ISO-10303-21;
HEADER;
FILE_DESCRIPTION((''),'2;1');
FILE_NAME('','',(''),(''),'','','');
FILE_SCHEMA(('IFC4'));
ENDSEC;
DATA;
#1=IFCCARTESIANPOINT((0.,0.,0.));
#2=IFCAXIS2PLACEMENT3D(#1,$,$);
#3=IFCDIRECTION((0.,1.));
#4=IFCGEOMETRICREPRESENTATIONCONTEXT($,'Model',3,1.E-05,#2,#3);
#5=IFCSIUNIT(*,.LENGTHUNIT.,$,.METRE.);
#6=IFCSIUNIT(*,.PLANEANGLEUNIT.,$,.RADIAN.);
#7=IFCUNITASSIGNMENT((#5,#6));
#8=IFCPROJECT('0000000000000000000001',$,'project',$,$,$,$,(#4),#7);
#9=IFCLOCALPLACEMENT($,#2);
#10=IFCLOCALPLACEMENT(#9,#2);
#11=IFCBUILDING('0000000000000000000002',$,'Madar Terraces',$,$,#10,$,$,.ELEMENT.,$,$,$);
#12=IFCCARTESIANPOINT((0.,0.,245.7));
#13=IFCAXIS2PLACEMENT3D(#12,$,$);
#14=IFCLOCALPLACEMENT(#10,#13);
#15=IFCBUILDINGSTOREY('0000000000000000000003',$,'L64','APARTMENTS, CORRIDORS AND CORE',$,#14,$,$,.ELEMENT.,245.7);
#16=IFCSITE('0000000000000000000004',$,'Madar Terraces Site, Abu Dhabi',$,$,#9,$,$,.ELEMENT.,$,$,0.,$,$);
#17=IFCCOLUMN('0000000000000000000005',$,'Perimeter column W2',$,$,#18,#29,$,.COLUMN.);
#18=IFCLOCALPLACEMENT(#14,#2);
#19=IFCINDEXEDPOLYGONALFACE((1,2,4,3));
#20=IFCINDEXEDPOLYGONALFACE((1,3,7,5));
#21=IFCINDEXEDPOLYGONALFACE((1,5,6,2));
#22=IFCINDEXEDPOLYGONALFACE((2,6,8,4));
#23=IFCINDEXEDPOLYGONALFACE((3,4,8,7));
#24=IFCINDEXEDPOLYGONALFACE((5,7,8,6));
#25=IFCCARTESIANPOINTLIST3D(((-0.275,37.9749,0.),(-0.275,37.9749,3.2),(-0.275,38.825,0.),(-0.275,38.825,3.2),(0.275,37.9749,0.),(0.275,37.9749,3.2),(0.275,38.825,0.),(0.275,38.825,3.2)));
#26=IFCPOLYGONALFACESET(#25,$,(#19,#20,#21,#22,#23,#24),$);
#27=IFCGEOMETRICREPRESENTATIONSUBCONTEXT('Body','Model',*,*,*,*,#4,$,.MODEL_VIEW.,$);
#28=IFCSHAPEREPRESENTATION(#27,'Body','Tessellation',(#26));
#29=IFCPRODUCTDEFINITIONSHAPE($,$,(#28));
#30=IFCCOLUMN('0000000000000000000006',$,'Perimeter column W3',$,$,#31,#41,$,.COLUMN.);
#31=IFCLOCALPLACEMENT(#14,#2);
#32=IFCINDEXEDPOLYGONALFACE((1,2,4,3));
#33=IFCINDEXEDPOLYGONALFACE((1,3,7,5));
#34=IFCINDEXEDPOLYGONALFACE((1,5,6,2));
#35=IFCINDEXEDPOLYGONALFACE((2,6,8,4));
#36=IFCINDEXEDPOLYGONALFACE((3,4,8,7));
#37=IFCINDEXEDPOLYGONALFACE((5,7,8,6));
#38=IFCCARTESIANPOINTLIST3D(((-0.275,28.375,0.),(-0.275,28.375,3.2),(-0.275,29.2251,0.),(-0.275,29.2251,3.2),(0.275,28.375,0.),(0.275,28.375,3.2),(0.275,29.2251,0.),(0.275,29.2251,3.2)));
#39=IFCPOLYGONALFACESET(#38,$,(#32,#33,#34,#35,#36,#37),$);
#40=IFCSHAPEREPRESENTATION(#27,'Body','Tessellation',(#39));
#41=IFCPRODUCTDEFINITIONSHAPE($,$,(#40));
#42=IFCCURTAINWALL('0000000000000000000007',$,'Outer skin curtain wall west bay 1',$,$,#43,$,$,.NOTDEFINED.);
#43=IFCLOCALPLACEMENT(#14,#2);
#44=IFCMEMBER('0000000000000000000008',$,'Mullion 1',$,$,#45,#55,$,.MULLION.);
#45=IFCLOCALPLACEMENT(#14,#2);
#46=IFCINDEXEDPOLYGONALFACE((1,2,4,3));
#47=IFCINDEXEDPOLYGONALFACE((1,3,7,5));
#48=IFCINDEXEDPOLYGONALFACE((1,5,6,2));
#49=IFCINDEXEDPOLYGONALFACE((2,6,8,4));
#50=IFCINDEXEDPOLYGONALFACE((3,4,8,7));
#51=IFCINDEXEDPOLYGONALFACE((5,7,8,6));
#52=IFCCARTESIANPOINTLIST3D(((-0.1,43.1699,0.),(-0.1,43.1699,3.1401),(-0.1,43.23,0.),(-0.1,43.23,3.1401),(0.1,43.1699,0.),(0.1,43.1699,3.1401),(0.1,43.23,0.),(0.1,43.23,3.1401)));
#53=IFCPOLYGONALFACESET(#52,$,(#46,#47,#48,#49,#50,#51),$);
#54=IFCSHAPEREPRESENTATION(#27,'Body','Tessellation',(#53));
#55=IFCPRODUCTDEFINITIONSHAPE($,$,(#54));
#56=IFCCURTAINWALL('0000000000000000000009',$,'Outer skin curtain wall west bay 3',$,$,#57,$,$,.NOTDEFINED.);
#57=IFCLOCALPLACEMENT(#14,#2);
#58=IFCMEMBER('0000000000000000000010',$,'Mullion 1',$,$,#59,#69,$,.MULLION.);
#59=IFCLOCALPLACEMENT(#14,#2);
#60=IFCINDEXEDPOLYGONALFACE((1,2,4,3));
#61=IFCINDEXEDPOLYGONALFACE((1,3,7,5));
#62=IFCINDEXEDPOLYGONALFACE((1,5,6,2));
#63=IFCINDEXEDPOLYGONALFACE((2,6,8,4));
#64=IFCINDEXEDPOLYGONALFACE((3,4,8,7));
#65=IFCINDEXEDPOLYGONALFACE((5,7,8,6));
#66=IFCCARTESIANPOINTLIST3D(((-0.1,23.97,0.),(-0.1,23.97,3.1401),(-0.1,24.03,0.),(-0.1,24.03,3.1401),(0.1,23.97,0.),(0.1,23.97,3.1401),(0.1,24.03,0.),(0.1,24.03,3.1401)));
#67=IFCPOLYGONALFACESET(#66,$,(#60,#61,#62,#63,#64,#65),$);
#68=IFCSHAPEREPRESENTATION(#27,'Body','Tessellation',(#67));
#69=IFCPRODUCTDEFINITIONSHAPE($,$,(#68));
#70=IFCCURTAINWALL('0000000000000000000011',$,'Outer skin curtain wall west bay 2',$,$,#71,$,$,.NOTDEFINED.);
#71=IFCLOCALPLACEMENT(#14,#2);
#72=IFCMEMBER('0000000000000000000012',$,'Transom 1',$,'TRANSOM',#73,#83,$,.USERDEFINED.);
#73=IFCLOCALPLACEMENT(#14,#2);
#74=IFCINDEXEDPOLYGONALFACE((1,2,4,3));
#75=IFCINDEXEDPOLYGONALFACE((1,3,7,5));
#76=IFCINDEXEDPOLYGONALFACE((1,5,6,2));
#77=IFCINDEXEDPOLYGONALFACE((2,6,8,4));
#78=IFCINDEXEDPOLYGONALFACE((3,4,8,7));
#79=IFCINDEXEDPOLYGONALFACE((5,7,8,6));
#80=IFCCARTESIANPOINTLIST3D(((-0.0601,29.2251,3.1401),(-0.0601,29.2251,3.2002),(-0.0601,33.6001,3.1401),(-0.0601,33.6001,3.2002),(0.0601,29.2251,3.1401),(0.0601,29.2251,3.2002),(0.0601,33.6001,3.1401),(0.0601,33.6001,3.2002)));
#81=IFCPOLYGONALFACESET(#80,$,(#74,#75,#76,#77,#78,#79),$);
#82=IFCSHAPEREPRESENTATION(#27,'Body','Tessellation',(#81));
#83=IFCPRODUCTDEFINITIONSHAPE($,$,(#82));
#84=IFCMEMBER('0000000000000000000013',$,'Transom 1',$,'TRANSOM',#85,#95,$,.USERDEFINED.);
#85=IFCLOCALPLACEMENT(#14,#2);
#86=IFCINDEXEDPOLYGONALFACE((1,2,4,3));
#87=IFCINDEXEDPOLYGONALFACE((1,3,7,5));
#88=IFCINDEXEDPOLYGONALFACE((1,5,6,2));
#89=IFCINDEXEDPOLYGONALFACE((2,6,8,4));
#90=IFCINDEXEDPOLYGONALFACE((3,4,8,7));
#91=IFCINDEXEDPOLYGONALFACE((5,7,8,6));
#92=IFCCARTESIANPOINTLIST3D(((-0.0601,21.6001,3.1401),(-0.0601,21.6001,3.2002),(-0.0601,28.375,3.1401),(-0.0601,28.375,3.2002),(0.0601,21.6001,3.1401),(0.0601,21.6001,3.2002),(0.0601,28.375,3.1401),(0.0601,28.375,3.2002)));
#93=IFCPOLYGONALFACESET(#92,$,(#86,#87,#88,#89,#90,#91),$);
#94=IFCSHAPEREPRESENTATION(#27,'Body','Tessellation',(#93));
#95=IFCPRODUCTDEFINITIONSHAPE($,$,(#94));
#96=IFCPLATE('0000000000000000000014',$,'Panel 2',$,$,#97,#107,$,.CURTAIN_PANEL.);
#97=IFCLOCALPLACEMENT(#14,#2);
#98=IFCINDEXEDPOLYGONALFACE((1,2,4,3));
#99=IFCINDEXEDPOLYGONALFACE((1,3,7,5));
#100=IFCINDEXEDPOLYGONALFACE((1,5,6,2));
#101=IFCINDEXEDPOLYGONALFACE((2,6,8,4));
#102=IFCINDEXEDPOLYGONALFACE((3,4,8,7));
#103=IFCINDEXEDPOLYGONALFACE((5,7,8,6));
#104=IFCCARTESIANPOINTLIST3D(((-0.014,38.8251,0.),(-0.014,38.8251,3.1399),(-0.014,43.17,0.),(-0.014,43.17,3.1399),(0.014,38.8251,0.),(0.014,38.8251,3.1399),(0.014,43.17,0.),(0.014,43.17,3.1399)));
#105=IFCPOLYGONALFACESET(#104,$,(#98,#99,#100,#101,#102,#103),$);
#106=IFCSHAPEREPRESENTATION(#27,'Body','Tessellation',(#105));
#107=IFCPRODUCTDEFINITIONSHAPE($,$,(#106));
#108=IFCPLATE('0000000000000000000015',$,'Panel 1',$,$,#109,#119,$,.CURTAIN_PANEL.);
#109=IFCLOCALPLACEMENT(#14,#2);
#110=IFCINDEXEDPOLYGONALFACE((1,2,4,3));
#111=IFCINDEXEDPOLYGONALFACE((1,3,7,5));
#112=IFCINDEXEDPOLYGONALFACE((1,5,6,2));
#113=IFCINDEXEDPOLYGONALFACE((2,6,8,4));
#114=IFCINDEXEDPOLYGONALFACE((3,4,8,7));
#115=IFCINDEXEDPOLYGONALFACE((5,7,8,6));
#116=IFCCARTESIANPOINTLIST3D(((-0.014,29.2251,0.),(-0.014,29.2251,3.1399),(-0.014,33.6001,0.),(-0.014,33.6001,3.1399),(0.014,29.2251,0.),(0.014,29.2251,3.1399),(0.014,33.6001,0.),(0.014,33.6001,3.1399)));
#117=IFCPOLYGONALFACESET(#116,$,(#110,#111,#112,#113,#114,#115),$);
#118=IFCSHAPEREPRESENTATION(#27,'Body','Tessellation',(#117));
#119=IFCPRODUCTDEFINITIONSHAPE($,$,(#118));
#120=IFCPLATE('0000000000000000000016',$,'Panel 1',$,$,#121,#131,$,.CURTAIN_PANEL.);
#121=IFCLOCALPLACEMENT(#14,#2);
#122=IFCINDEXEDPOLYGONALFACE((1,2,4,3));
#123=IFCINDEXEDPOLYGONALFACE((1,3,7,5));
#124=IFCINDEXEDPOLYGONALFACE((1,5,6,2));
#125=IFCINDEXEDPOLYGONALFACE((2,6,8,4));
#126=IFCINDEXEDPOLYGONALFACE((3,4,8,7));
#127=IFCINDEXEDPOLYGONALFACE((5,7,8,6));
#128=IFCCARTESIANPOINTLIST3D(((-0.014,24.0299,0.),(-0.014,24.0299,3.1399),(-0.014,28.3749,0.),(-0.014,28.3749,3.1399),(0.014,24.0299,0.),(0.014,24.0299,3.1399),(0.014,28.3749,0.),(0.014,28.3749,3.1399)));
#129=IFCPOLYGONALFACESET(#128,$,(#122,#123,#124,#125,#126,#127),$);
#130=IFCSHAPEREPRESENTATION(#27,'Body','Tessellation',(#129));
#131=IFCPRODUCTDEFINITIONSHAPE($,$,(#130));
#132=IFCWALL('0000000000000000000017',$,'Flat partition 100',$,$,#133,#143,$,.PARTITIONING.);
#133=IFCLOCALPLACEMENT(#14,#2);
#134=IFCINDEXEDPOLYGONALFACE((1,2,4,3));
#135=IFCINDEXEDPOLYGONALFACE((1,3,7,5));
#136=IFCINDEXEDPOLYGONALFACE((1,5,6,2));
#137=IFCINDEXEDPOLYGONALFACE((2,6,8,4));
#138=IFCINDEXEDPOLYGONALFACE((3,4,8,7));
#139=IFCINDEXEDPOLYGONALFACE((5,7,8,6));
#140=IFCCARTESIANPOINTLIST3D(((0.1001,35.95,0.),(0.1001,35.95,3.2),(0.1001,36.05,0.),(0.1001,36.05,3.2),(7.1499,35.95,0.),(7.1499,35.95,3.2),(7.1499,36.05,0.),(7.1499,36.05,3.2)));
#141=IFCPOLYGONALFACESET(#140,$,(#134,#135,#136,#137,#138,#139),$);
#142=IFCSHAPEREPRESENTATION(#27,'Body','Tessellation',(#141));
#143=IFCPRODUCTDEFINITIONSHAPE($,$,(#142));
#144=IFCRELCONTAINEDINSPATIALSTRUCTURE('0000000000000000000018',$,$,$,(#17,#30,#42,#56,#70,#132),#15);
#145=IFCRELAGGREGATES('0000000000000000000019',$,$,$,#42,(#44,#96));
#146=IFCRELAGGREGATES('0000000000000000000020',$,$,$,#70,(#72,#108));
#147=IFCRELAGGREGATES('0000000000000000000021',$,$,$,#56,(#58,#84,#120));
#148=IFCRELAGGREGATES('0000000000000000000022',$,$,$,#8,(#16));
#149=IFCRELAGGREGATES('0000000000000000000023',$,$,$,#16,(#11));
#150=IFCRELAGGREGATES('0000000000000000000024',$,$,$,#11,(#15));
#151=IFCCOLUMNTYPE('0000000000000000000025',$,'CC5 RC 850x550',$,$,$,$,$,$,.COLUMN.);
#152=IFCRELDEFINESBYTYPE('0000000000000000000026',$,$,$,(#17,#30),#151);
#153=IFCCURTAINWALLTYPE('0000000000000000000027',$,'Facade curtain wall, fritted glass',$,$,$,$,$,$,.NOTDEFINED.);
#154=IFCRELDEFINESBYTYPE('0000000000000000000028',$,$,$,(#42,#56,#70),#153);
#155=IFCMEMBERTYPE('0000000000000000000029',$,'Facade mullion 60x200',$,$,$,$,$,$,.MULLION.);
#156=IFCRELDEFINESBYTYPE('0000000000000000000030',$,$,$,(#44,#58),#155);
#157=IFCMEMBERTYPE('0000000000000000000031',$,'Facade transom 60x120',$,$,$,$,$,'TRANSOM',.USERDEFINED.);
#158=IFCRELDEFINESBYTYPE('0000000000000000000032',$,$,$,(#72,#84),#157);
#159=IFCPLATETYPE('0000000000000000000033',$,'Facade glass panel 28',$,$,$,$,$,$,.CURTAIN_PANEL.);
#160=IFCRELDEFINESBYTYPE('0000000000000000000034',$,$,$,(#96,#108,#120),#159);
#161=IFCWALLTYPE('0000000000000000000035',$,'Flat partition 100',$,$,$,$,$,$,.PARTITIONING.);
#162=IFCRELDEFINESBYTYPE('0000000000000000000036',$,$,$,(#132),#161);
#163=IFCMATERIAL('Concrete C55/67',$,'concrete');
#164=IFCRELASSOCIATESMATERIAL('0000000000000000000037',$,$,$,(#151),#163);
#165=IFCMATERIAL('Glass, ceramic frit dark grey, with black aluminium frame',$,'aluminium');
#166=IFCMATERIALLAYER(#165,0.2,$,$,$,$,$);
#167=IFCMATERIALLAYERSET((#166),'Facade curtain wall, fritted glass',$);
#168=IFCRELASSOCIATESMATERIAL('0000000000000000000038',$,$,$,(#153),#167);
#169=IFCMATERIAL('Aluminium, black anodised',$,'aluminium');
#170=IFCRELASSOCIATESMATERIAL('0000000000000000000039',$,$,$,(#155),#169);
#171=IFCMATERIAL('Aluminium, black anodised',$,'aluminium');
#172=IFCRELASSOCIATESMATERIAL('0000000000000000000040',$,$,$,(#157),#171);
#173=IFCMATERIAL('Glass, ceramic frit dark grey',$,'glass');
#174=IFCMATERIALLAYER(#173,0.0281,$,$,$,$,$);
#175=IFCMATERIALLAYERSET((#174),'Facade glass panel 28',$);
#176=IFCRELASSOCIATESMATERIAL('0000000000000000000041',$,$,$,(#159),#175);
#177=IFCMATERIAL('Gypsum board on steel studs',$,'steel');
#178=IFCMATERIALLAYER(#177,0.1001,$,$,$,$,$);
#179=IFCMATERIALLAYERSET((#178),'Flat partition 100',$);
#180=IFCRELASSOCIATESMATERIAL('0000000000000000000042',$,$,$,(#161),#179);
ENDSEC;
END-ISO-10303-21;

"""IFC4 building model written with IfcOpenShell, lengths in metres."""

from ifc_helpers import new_model, si_unit, direction, frame, frame_2d, origin, origin_2d, place, context, subcontext, project, spatial, rectangle, extrude, material, layer, layer_set, material_profile, profile_set, type_object, element, aggregate, save


model = new_model("IFC4")

# Units and contexts
model_context = context("Model", 3, precision=1e-05, world=origin(), true_north=direction((0.0, 1.0)))
body_context = subcontext(model_context, "Body", "Model", "MODEL_VIEW")
ifc_project = project(units=[si_unit("LENGTHUNIT", "METRE"), si_unit("PLANEANGLEUNIT", "RADIAN")], contexts=[model_context])

# Site, building, storey
site_placement = place(None, origin())
site = spatial("IfcSite", under=ifc_project, at=site_placement, Name="Madar Terraces Site, Abu Dhabi", CompositionType="ELEMENT", RefElevation=0.0)
building_placement = place(site_placement, origin())
building = spatial("IfcBuilding", under=site, at=building_placement, Name="Madar Terraces", CompositionType="ELEMENT")
storey_placement = place(building_placement, frame((0.0, 0.0, 245.7)))
storey = spatial("IfcBuildingStorey", under=building, at=storey_placement, Name="L64", Description="APARTMENTS, CORRIDORS AND CORE", CompositionType="ELEMENT", Elevation=245.7)

# Columns
ifc_material_1 = material(Name="Concrete C55/67", Category="concrete")
ifc_material_profile_1 = material_profile(ifc_material_1, rectangle(XDim=0.8501, YDim=0.55, at=origin_2d()), Name="CC5 RC 850x550")
ifc_profile_set_1 = profile_set([ifc_material_profile_1], Name="Concrete C55/67")
column_type = type_object("IfcColumnType", Name="CC5 RC 850x550", PredefinedType="COLUMN", material=ifc_profile_set_1)
for number, where, z_axis, x_axis, name in (
    (1, (0.0, 38.3999, 0.0), (0.0, 0.0, 1.0), (0.0, 1.0, 0.0), "Perimeter column W2"),
    (2, (0.0, 28.8, 0.0), (0.0, 0.0, 1.0), (0.0, 1.0, 0.0), "Perimeter column W3"),
):
    element("IfcColumn", number, at=place(storey_placement, frame(where, z_axis=z_axis, x_axis=x_axis)), inside=storey, type_object=column_type, Name=name, PredefinedType="COLUMN", context=body_context, shape_type="SweptSolid", body=[
        extrude(rectangle(XDim=0.8501, YDim=0.55, at=origin_2d()), origin(), (0.0, 0.0, 1.0), 3.2),
    ])

# Curtain walls, members
ifc_material_2 = material(Name="Glass, ceramic frit dark grey, with black aluminium frame", Category="aluminium")
ifc_layer_1 = layer(ifc_material_2, 0.2)
ifc_layer_set_1 = layer_set([ifc_layer_1], Name="Facade curtain wall, fritted glass")
curtain_wall_type = type_object("IfcCurtainWallType", Name="Facade curtain wall, fritted glass", PredefinedType="NOTDEFINED", material=ifc_layer_set_1)
curtain_wall_1_placement = place(storey_placement, origin())
curtain_wall_1 = element("IfcCurtainWall", 3, at=curtain_wall_1_placement, inside=storey, type_object=curtain_wall_type, Name="Outer skin curtain wall west bay 1", PredefinedType="NOTDEFINED")
ifc_material_3 = material(Name="Aluminium, black anodised", Category="aluminium")
ifc_material_profile_2 = material_profile(ifc_material_3, rectangle(XDim=0.2, YDim=0.0601, at=origin_2d()), Name="Facade mullion 60x200")
ifc_profile_set_2 = profile_set([ifc_material_profile_2], Name="Aluminium, black anodised")
member_type_1 = type_object("IfcMemberType", Name="Facade mullion 60x200", PredefinedType="MULLION", material=ifc_profile_set_2)
member_1_placement = place(storey_placement, frame((0.0, 43.2, 0.0), z_axis=(0.0, 0.0, 1.0), x_axis=(1.0, 0.0, 0.0)))
member_1 = element("IfcMember", 4, at=member_1_placement, type_object=member_type_1, Name="Mullion 1", PredefinedType="MULLION", context=body_context, shape_type="SweptSolid", body=[
    extrude(rectangle(XDim=0.2, YDim=0.0601, at=origin_2d()), origin(), (0.0, 0.0, 1.0), 3.1401),
])
curtain_wall_2_placement = place(storey_placement, origin())
curtain_wall_2 = element("IfcCurtainWall", 5, at=curtain_wall_2_placement, inside=storey, type_object=curtain_wall_type, Name="Outer skin curtain wall west bay 3", PredefinedType="NOTDEFINED")
member_2_placement = place(storey_placement, frame((0.0, 24.0, 0.0), z_axis=(0.0, 0.0, 1.0), x_axis=(1.0, 0.0, 0.0)))
member_2 = element("IfcMember", 6, at=member_2_placement, type_object=member_type_1, Name="Mullion 1", PredefinedType="MULLION", context=body_context, shape_type="SweptSolid", body=[
    extrude(rectangle(XDim=0.2, YDim=0.0601, at=origin_2d()), origin(), (0.0, 0.0, 1.0), 3.1401),
])
curtain_wall_3_placement = place(storey_placement, origin())
curtain_wall_3 = element("IfcCurtainWall", 7, at=curtain_wall_3_placement, inside=storey, type_object=curtain_wall_type, Name="Outer skin curtain wall west bay 2", PredefinedType="NOTDEFINED")
ifc_material_4 = material(Name="Aluminium, black anodised", Category="aluminium")
ifc_material_profile_3 = material_profile(ifc_material_4, rectangle(XDim=0.1201, YDim=0.0601, at=origin_2d()), Name="Facade transom 60x120")
ifc_profile_set_3 = profile_set([ifc_material_profile_3], Name="Aluminium, black anodised")
member_type_2 = type_object("IfcMemberType", Name="Facade transom 60x120", ElementType="TRANSOM", PredefinedType="USERDEFINED", material=ifc_profile_set_3)
member_3_placement = place(storey_placement, frame((0.0, 33.6001, 3.1702), z_axis=(0.0, -1.0, 0.0), x_axis=(1.0, 0.0, 0.0)))
member_3 = element("IfcMember", 8, at=member_3_placement, type_object=member_type_2, Name="Transom 1", ObjectType="TRANSOM", PredefinedType="USERDEFINED", context=body_context, shape_type="SweptSolid", body=[
    extrude(rectangle(XDim=0.1201, YDim=0.0601, at=origin_2d()), origin(), (0.0, 0.0, 1.0), 4.375),
])

# Member
member_4_placement = place(storey_placement, frame((0.0, 28.375, 3.1702), z_axis=(0.0, -1.0, 0.0), x_axis=(1.0, 0.0, 0.0)))
member_4 = element("IfcMember", 9, at=member_4_placement, type_object=member_type_2, Name="Transom 1", ObjectType="TRANSOM", PredefinedType="USERDEFINED", context=body_context, shape_type="SweptSolid", body=[
    extrude(rectangle(XDim=0.1201, YDim=0.0601, at=origin_2d()), origin(), (0.0, 0.0, 1.0), 6.7749),
])

# Plates
ifc_material_5 = material(Name="Glass, ceramic frit dark grey", Category="glass")
ifc_layer_2 = layer(ifc_material_5, 0.0281)
ifc_layer_set_2 = layer_set([ifc_layer_2], Name="Facade glass panel 28")
plate_type = type_object("IfcPlateType", Name="Facade glass panel 28", PredefinedType="CURTAIN_PANEL", material=ifc_layer_set_2)
plate_1_placement = place(storey_placement, frame((0.0, 40.9976, 0.0), z_axis=(0.0, 0.0, 1.0), x_axis=(0.0, -1.0, 0.0)))
plate_1 = element("IfcPlate", 10, at=plate_1_placement, type_object=plate_type, Name="Panel 2", PredefinedType="CURTAIN_PANEL", context=body_context, shape_type="SweptSolid", body=[
    extrude(rectangle(XDim=4.345, YDim=0.0281, at=origin_2d()), origin(), (0.0, 0.0, 1.0), 3.1399),
])
aggregate(curtain_wall_1, [member_1, plate_1])
plate_2_placement = place(storey_placement, frame((0.0, 31.4126, 0.0), z_axis=(0.0, 0.0, 1.0), x_axis=(0.0, -1.0, 0.0)))
plate_2 = element("IfcPlate", 11, at=plate_2_placement, type_object=plate_type, Name="Panel 1", PredefinedType="CURTAIN_PANEL", context=body_context, shape_type="SweptSolid", body=[
    extrude(rectangle(XDim=4.375, YDim=0.0281, at=origin_2d()), origin(), (0.0, 0.0, 1.0), 3.1399),
])
aggregate(curtain_wall_3, [member_3, plate_2])
plate_3_placement = place(storey_placement, frame((0.0, 26.2024, 0.0), z_axis=(0.0, 0.0, 1.0), x_axis=(0.0, -1.0, 0.0)))
plate_3 = element("IfcPlate", 12, at=plate_3_placement, type_object=plate_type, Name="Panel 1", PredefinedType="CURTAIN_PANEL", context=body_context, shape_type="SweptSolid", body=[
    extrude(rectangle(XDim=4.345, YDim=0.0281, at=origin_2d()), origin(), (0.0, 0.0, 1.0), 3.1399),
])
aggregate(curtain_wall_2, [member_2, member_4, plate_3])

# Wall
ifc_material_6 = material(Name="Gypsum board on steel studs", Category="steel")
ifc_layer_3 = layer(ifc_material_6, 0.1001)
ifc_layer_set_3 = layer_set([ifc_layer_3], Name="Flat partition 100")
wall_type_1 = type_object("IfcWallType", Name="Flat partition 100", PredefinedType="PARTITIONING", material=ifc_layer_set_3)
wall_1_placement = place(storey_placement, frame((7.1499, 36.0, 0.0), z_axis=(0.0, 0.0, 1.0), x_axis=(-1.0, 0.0, 0.0)))
element("IfcWall", 13, at=wall_1_placement, inside=storey, type_object=wall_type_1, Name="Flat partition 100", PredefinedType="PARTITIONING", context=body_context, shape_type="SweptSolid", body=[
    extrude(rectangle(XDim=7.0498, YDim=0.1001, at=frame_2d((3.5249, 0.0))), origin(), (0.0, 0.0, 1.0), 3.2),
])

save(model, "model.ifc")
